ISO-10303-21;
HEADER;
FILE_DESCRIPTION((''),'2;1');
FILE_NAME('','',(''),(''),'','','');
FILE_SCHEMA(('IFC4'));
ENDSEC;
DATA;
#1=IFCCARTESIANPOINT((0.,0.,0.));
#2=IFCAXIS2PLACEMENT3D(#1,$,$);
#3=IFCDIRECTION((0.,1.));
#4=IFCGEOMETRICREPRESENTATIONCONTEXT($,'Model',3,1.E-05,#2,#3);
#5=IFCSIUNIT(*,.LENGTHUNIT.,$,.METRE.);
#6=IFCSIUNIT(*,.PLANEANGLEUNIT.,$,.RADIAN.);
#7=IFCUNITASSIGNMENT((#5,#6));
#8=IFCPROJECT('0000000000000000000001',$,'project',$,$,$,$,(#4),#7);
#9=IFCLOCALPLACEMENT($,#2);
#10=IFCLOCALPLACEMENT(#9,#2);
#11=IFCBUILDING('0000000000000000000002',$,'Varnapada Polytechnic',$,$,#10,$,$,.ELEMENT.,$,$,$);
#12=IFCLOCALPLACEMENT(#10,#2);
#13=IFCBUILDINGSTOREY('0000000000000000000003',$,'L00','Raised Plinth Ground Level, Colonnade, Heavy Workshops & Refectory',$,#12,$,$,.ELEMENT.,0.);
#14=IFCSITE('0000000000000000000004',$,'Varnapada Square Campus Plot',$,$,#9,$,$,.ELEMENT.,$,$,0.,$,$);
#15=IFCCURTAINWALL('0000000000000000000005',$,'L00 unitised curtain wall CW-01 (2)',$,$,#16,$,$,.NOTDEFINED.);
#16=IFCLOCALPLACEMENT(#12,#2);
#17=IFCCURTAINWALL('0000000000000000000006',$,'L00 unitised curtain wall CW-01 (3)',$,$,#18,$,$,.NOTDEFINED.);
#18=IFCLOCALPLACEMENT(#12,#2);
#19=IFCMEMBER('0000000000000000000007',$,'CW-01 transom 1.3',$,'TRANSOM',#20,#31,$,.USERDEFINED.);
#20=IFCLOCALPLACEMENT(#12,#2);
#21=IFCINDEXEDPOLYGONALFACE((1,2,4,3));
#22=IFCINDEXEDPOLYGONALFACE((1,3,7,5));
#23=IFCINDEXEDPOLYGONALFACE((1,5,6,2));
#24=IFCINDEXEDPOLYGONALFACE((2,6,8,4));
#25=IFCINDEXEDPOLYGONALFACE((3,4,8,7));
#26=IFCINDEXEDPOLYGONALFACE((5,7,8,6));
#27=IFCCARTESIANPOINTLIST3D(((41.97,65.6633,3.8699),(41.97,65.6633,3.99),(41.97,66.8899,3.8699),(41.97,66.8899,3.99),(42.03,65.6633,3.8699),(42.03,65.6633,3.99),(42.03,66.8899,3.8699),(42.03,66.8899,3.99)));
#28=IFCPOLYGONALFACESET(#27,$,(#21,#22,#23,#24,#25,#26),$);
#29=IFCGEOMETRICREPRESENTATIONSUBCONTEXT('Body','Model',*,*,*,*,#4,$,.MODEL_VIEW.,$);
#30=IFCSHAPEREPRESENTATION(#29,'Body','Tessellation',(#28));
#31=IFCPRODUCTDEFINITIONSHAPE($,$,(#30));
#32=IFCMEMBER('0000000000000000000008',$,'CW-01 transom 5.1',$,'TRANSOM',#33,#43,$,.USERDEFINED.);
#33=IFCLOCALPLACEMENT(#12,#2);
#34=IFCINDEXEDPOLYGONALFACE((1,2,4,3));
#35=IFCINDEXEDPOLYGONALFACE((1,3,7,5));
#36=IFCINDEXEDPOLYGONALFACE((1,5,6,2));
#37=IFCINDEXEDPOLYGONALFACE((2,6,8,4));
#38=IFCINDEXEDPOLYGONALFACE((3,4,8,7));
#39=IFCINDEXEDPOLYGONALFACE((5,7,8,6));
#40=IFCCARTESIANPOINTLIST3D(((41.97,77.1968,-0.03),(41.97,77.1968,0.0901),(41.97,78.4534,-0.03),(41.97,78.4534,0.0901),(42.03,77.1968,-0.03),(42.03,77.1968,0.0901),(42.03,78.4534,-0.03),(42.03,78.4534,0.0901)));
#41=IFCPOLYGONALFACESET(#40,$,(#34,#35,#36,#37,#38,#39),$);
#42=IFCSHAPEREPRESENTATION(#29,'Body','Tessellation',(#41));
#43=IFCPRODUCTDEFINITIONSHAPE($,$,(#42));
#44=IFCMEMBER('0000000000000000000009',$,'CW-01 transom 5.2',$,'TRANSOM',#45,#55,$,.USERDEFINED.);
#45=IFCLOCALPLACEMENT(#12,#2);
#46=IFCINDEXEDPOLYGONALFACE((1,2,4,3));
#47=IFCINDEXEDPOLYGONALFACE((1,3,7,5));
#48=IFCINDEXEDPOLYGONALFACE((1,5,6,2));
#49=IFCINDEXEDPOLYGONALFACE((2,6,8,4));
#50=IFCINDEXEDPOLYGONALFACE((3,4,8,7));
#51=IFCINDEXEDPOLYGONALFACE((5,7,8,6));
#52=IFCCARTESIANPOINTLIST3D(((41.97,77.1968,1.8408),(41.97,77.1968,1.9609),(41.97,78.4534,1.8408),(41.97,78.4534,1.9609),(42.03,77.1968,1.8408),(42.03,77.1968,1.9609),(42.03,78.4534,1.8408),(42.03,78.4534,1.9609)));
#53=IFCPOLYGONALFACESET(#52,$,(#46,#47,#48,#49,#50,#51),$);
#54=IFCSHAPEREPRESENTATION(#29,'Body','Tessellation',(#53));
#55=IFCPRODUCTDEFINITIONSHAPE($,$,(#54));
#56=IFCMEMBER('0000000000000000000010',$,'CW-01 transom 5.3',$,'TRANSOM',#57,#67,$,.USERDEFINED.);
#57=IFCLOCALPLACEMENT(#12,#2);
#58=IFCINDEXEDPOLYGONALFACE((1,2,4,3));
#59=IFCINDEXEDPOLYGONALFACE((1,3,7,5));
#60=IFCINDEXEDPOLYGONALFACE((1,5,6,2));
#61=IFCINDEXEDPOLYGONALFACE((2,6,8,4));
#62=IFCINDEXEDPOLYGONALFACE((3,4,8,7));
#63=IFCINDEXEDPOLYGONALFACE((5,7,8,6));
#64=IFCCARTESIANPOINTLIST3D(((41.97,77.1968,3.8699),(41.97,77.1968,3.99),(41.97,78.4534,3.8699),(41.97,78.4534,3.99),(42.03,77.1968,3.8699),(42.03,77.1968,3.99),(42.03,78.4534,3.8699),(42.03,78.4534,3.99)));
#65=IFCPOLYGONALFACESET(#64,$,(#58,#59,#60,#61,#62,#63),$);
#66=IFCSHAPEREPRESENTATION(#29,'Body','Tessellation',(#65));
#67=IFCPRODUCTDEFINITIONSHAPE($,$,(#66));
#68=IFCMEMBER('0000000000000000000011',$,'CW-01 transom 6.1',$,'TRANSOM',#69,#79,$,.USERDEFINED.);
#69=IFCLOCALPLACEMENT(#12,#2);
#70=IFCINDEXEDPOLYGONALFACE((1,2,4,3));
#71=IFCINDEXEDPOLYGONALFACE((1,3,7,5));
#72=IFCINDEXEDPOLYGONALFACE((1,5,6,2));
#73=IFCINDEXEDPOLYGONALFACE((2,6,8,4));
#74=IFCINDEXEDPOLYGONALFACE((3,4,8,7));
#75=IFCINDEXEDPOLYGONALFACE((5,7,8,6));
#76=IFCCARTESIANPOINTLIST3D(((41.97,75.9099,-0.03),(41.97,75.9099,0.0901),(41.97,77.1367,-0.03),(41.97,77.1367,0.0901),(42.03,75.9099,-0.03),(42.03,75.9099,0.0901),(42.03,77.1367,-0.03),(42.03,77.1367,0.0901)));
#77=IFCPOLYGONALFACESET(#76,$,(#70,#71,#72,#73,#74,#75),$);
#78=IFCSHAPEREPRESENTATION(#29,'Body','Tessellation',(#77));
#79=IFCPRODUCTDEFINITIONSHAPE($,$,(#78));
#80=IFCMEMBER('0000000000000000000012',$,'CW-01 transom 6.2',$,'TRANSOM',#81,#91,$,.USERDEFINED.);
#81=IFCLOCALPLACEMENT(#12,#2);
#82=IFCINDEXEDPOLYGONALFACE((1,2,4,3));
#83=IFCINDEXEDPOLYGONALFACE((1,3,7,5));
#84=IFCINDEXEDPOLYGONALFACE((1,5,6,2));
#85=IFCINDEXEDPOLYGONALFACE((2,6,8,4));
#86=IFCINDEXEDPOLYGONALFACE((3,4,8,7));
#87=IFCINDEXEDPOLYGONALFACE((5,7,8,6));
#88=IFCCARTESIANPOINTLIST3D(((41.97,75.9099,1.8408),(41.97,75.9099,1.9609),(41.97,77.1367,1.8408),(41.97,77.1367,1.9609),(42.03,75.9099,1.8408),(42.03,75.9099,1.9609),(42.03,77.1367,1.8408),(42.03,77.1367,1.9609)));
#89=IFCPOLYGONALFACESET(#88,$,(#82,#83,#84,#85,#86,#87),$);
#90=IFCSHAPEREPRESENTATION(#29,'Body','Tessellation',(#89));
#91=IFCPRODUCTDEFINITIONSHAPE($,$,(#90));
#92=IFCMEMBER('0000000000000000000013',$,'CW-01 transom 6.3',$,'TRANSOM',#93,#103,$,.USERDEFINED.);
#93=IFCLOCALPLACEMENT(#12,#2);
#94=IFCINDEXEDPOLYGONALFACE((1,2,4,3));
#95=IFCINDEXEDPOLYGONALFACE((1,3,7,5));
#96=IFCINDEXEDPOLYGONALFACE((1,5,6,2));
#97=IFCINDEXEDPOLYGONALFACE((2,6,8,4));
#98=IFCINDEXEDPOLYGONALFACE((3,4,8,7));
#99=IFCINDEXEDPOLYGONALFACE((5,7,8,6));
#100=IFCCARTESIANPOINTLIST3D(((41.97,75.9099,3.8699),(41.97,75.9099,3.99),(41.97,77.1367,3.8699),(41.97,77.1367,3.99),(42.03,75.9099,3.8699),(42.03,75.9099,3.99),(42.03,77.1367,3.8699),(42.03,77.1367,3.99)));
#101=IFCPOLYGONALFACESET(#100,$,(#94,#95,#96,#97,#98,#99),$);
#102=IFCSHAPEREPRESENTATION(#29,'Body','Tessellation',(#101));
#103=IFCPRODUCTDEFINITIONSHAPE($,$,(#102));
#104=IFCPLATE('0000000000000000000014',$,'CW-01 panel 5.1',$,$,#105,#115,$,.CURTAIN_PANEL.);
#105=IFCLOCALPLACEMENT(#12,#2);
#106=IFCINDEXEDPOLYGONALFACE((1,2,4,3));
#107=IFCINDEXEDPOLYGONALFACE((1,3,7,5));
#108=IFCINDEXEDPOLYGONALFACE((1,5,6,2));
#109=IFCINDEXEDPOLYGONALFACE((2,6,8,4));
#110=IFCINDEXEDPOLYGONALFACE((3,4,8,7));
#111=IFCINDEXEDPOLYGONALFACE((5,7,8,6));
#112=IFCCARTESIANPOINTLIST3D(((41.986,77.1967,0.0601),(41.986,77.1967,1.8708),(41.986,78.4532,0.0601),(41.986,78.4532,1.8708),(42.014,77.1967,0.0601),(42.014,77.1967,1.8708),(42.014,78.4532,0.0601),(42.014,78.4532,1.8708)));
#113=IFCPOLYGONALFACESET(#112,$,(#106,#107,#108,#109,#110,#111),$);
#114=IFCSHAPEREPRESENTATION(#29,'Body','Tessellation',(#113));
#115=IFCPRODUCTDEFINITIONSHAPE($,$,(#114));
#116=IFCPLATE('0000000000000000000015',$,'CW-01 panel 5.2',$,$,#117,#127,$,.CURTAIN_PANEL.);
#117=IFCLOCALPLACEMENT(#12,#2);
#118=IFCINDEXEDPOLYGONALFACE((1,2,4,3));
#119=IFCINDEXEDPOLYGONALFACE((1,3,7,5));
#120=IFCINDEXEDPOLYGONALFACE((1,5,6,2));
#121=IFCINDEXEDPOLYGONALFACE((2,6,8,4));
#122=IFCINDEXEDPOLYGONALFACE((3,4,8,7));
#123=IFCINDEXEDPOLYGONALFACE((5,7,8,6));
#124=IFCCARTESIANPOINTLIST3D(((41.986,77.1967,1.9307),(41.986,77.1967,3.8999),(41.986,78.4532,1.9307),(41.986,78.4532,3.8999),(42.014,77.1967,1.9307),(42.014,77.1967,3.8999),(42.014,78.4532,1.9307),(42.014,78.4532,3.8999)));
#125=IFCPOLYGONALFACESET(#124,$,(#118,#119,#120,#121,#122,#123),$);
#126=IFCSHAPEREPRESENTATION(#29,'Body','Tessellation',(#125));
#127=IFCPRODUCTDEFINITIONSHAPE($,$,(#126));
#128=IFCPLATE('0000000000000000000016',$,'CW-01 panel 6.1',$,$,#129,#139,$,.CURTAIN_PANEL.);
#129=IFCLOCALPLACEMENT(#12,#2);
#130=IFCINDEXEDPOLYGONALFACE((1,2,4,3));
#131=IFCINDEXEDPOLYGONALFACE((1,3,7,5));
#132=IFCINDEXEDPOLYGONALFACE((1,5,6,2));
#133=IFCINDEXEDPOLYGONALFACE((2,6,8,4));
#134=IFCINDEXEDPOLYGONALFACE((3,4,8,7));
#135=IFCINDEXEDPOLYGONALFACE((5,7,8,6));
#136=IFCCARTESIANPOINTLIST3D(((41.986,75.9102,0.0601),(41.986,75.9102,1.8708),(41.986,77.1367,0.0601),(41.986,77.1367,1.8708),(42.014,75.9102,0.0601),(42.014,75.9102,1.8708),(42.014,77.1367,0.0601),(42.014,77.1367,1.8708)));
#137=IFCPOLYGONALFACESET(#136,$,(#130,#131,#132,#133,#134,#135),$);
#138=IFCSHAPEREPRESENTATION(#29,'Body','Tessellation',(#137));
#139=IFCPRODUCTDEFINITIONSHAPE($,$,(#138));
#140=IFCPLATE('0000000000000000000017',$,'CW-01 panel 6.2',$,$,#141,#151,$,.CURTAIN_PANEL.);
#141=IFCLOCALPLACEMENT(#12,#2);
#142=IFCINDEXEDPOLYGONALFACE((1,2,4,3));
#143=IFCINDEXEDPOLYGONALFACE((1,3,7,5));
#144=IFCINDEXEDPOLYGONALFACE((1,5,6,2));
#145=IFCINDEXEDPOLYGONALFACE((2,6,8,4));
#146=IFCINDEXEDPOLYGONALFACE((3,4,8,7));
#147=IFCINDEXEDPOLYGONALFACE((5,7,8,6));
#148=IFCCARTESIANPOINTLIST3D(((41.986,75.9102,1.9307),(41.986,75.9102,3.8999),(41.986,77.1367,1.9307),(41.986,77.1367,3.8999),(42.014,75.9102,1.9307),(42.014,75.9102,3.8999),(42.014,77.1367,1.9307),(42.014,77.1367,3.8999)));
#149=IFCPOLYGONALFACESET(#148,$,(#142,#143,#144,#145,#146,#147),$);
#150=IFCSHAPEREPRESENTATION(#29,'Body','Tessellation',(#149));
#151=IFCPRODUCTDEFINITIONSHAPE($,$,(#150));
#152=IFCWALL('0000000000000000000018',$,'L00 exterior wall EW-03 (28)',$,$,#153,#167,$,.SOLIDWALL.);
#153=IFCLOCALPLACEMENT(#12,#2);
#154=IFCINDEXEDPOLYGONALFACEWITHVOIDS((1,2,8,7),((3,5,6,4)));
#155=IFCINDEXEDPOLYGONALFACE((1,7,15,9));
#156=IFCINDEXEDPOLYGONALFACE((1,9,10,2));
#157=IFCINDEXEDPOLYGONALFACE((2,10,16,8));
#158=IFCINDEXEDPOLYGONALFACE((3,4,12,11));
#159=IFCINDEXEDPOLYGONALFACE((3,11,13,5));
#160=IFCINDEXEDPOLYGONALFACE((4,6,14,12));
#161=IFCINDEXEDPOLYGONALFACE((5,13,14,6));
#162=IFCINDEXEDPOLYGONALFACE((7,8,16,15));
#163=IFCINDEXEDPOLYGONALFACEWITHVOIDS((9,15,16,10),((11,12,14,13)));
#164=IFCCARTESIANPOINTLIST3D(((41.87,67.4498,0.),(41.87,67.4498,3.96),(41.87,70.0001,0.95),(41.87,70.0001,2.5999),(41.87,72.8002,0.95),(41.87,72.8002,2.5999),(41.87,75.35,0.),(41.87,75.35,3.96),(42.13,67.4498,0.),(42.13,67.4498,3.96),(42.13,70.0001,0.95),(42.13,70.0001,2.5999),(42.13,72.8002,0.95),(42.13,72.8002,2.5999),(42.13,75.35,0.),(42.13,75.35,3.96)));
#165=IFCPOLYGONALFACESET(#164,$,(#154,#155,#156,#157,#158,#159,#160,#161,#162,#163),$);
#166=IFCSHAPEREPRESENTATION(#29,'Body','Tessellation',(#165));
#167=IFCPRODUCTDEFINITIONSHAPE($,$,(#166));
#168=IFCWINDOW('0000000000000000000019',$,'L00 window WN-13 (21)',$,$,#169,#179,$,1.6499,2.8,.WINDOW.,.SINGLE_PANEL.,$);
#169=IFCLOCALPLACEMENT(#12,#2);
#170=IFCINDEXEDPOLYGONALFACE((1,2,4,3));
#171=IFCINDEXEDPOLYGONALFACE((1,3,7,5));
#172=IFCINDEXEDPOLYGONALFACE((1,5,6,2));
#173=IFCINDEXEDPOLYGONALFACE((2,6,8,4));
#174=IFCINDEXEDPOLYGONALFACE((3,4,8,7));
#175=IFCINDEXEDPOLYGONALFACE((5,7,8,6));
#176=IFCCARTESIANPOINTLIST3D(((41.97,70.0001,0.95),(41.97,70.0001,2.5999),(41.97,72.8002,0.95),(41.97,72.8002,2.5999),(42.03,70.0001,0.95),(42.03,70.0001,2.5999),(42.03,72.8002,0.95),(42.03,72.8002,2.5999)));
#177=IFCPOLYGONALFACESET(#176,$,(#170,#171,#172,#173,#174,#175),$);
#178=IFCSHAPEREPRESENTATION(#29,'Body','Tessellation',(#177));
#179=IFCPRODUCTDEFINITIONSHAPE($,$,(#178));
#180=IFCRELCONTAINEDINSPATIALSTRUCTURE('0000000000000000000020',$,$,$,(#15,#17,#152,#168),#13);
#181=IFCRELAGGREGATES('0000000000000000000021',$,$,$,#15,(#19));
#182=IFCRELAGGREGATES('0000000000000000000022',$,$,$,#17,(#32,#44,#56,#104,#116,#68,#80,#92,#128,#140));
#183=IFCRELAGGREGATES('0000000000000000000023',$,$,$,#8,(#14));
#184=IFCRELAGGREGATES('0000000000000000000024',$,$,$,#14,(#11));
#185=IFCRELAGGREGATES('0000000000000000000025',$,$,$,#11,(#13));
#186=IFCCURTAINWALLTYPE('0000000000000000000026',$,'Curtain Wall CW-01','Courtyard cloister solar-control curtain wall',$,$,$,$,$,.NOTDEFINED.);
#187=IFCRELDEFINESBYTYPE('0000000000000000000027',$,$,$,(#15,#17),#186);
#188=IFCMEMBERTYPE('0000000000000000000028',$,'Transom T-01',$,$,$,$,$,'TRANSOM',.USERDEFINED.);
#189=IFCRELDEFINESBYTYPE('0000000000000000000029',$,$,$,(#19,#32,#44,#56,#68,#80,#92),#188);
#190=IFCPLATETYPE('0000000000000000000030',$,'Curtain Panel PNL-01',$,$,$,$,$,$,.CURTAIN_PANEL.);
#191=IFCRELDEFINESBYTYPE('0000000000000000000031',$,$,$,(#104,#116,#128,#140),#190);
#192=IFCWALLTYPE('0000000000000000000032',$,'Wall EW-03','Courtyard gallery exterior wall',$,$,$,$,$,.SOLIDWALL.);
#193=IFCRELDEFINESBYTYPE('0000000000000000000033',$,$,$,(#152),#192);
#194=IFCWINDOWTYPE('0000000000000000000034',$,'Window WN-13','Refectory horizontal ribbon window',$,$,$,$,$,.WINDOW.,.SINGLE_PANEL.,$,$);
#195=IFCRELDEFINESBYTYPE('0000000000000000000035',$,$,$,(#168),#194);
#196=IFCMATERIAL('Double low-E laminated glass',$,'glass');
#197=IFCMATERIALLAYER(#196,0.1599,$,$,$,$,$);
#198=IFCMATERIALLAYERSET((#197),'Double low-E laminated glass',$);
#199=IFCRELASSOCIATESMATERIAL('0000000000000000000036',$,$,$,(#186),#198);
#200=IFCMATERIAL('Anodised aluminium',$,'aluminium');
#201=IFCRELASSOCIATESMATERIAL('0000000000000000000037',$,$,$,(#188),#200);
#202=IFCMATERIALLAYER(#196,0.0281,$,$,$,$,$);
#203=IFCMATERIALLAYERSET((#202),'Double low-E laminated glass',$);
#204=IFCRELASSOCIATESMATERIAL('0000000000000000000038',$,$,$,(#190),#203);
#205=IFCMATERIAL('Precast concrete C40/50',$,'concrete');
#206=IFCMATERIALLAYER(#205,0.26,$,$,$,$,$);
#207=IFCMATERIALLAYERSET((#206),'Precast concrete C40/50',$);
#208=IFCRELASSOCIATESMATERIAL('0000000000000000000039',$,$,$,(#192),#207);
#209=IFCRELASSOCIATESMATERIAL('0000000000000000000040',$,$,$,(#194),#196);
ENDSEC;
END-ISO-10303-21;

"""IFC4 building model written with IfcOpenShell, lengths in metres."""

from ifc_helpers import new_model, si_unit, direction, frame, frame_2d, origin, origin_2d, place, context, subcontext, project, spatial, rectangle, extrude, material, layer, layer_set, material_profile, profile_set, type_object, element, fill, aggregate, save


model = new_model("IFC4")

# Units and contexts
model_context = context("Model", 3, precision=1e-05, world=origin(), true_north=direction((0.0, 1.0)))
body_context = subcontext(model_context, "Body", "Model", "MODEL_VIEW")
ifc_project = project(units=[si_unit("LENGTHUNIT", "METRE"), si_unit("PLANEANGLEUNIT", "RADIAN")], contexts=[model_context])

# Site, building, storey
site_placement = place(None, origin())
site = spatial("IfcSite", under=ifc_project, at=site_placement, Name="Varnapada Square Campus Plot", CompositionType="ELEMENT", RefElevation=0.0)
building_placement = place(site_placement, origin())
building = spatial("IfcBuilding", under=site, at=building_placement, Name="Varnapada Polytechnic", CompositionType="ELEMENT")
storey_placement = place(building_placement, origin())
storey = spatial("IfcBuildingStorey", under=building, at=storey_placement, Name="L00", Description="Raised Plinth Ground Level, Colonnade, Heavy Workshops & Refectory", CompositionType="ELEMENT", Elevation=0.0)

# Curtain wall
ifc_material_1 = material(Name="Double low-E laminated glass", Category="glass")
ifc_layer_1 = layer(ifc_material_1, 0.1599)
ifc_layer_set_1 = layer_set([ifc_layer_1], Name="Double low-E laminated glass")
curtain_wall_type = type_object("IfcCurtainWallType", Name="Curtain Wall CW-01", Description="Courtyard cloister solar-control curtain wall", PredefinedType="NOTDEFINED", material=ifc_layer_set_1)
curtain_wall_1_placement = place(storey_placement, origin())
curtain_wall_1 = element("IfcCurtainWall", 1, at=curtain_wall_1_placement, inside=storey, type_object=curtain_wall_type, Name="L00 unitised curtain wall CW-01 (2)", PredefinedType="NOTDEFINED")
ifc_material_2 = material(Name="Anodised aluminium", Category="aluminium")

# Curtain wall
curtain_wall_2_placement = place(storey_placement, origin())
curtain_wall_2 = element("IfcCurtainWall", 2, at=curtain_wall_2_placement, inside=storey, type_object=curtain_wall_type, Name="L00 unitised curtain wall CW-01 (3)", PredefinedType="NOTDEFINED")

# Members
ifc_material_profile_1 = material_profile(ifc_material_2, rectangle(XDim=0.0601, YDim=0.1201, at=origin_2d()), Name="ALU T60x120")
ifc_profile_set_1 = profile_set([ifc_material_profile_1], Name="Anodised aluminium")
member_type_1 = type_object("IfcMemberType", Name="Transom T-01", ElementType="TRANSOM", PredefinedType="USERDEFINED", material=ifc_profile_set_1)
member_1_placement = place(storey_placement, frame((42.0, 66.8899, 3.9299), z_axis=(0.0, -1.0, 0.0), x_axis=(1.0, 0.0, 0.0)))
member_1 = element("IfcMember", 3, at=member_1_placement, type_object=member_type_1, Name="CW-01 transom 1.3", ObjectType="TRANSOM", PredefinedType="USERDEFINED", context=body_context, shape_type="SweptSolid", body=[
    extrude(rectangle(XDim=0.0601, YDim=0.1201, at=origin_2d()), origin(), (0.0, 0.0, 1.0), 1.2266),
])
aggregate(curtain_wall_1, [member_1])
member_2_placement = place(storey_placement, frame((42.0, 78.4534, 0.03), z_axis=(0.0, -1.0, 0.0), x_axis=(1.0, 0.0, 0.0)))
member_2 = element("IfcMember", 4, at=member_2_placement, type_object=member_type_1, Name="CW-01 transom 5.1", ObjectType="TRANSOM", PredefinedType="USERDEFINED", context=body_context, shape_type="SweptSolid", body=[
    extrude(rectangle(XDim=0.0601, YDim=0.1201, at=origin_2d()), origin(), (0.0, 0.0, 1.0), 1.2566),
])
member_3_placement = place(storey_placement, frame((42.0, 78.4534, 1.9009), z_axis=(0.0, -1.0, 0.0), x_axis=(1.0, 0.0, 0.0)))
member_3 = element("IfcMember", 5, at=member_3_placement, type_object=member_type_1, Name="CW-01 transom 5.2", ObjectType="TRANSOM", PredefinedType="USERDEFINED", context=body_context, shape_type="SweptSolid", body=[
    extrude(rectangle(XDim=0.0601, YDim=0.1201, at=origin_2d()), origin(), (0.0, 0.0, 1.0), 1.2566),
])
member_4_placement = place(storey_placement, frame((42.0, 78.4534, 3.9299), z_axis=(0.0, -1.0, 0.0), x_axis=(1.0, 0.0, 0.0)))
member_4 = element("IfcMember", 6, at=member_4_placement, type_object=member_type_1, Name="CW-01 transom 5.3", ObjectType="TRANSOM", PredefinedType="USERDEFINED", context=body_context, shape_type="SweptSolid", body=[
    extrude(rectangle(XDim=0.0601, YDim=0.1201, at=origin_2d()), origin(), (0.0, 0.0, 1.0), 1.2566),
])
member_5_placement = place(storey_placement, frame((42.0, 77.1367, 0.03), z_axis=(0.0, -1.0, 0.0), x_axis=(1.0, 0.0, 0.0)))
member_5 = element("IfcMember", 7, at=member_5_placement, type_object=member_type_1, Name="CW-01 transom 6.1", ObjectType="TRANSOM", PredefinedType="USERDEFINED", context=body_context, shape_type="SweptSolid", body=[
    extrude(rectangle(XDim=0.0601, YDim=0.1201, at=origin_2d()), origin(), (0.0, 0.0, 1.0), 1.2268),
])
member_6_placement = place(storey_placement, frame((42.0, 77.1367, 1.9009), z_axis=(0.0, -1.0, 0.0), x_axis=(1.0, 0.0, 0.0)))
member_6 = element("IfcMember", 8, at=member_6_placement, type_object=member_type_1, Name="CW-01 transom 6.2", ObjectType="TRANSOM", PredefinedType="USERDEFINED", context=body_context, shape_type="SweptSolid", body=[
    extrude(rectangle(XDim=0.0601, YDim=0.1201, at=origin_2d()), origin(), (0.0, 0.0, 1.0), 1.2268),
])
member_7_placement = place(storey_placement, frame((42.0, 77.1367, 3.9299), z_axis=(0.0, -1.0, 0.0), x_axis=(1.0, 0.0, 0.0)))
member_7 = element("IfcMember", 9, at=member_7_placement, type_object=member_type_1, Name="CW-01 transom 6.3", ObjectType="TRANSOM", PredefinedType="USERDEFINED", context=body_context, shape_type="SweptSolid", body=[
    extrude(rectangle(XDim=0.0601, YDim=0.1201, at=origin_2d()), origin(), (0.0, 0.0, 1.0), 1.2268),
])

# Plates
ifc_layer_2 = layer(ifc_material_1, 0.0281)
ifc_layer_set_2 = layer_set([ifc_layer_2], Name="Double low-E laminated glass")
plate_type = type_object("IfcPlateType", Name="Curtain Panel PNL-01", PredefinedType="CURTAIN_PANEL", material=ifc_layer_set_2)
plate_1_placement = place(storey_placement, frame((42.0, 77.825, 0.0601), z_axis=(0.0, 0.0, 1.0), x_axis=(0.0, -1.0, 0.0)))
plate_1 = element("IfcPlate", 10, at=plate_1_placement, type_object=plate_type, Name="CW-01 panel 5.1", PredefinedType="CURTAIN_PANEL", context=body_context, shape_type="SweptSolid", body=[
    extrude(rectangle(XDim=1.2566, YDim=0.0281, at=origin_2d()), origin(), (0.0, 0.0, 1.0), 1.8108),
])
plate_2_placement = place(storey_placement, frame((42.0, 77.825, 1.9307), z_axis=(0.0, 0.0, 1.0), x_axis=(0.0, -1.0, 0.0)))
plate_2 = element("IfcPlate", 11, at=plate_2_placement, type_object=plate_type, Name="CW-01 panel 5.2", PredefinedType="CURTAIN_PANEL", context=body_context, shape_type="SweptSolid", body=[
    extrude(rectangle(XDim=1.2566, YDim=0.0281, at=origin_2d()), origin(), (0.0, 0.0, 1.0), 1.9692),
])
plate_3_placement = place(storey_placement, frame((42.0, 76.5234, 0.0601), z_axis=(0.0, 0.0, 1.0), x_axis=(0.0, -1.0, 0.0)))
plate_3 = element("IfcPlate", 12, at=plate_3_placement, type_object=plate_type, Name="CW-01 panel 6.1", PredefinedType="CURTAIN_PANEL", context=body_context, shape_type="SweptSolid", body=[
    extrude(rectangle(XDim=1.2266, YDim=0.0281, at=origin_2d()), origin(), (0.0, 0.0, 1.0), 1.8108),
])
plate_4_placement = place(storey_placement, frame((42.0, 76.5234, 1.9307), z_axis=(0.0, 0.0, 1.0), x_axis=(0.0, -1.0, 0.0)))
plate_4 = element("IfcPlate", 13, at=plate_4_placement, type_object=plate_type, Name="CW-01 panel 6.2", PredefinedType="CURTAIN_PANEL", context=body_context, shape_type="SweptSolid", body=[
    extrude(rectangle(XDim=1.2266, YDim=0.0281, at=origin_2d()), origin(), (0.0, 0.0, 1.0), 1.9692),
])
aggregate(curtain_wall_2, [member_2, member_3, member_4, plate_1, plate_2, member_5, member_6, member_7, plate_3, plate_4])

# Wall, opening, window
ifc_material_3 = material(Name="Precast concrete C40/50", Category="concrete")
ifc_layer_3 = layer(ifc_material_3, 0.26)
ifc_layer_set_3 = layer_set([ifc_layer_3], Name="Precast concrete C40/50")
wall_type = type_object("IfcWallType", Name="Wall EW-03", Description="Courtyard gallery exterior wall", PredefinedType="SOLIDWALL", material=ifc_layer_set_3)
wall_placement = place(storey_placement, frame((42.0, 75.3501, 0.0), z_axis=(0.0, 0.0, 1.0), x_axis=(0.0, -1.0, 0.0)))
wall = element("IfcWall", 14, at=wall_placement, inside=storey, type_object=wall_type, Name="L00 exterior wall EW-03 (28)", PredefinedType="SOLIDWALL", context=body_context, shape_type="SweptSolid", body=[
    extrude(rectangle(XDim=7.9001, YDim=0.26, at=frame_2d((3.9502, 0.0))), origin(), (0.0, 0.0, 1.0), 3.96),
])
opening_placement = place(wall_placement, frame((2.55, 0.0, 0.95)))
opening = element("IfcOpeningElement", 15, at=opening_placement, cuts=wall, PredefinedType="OPENING", context=body_context, shape_type="SweptSolid", body=[
    extrude(rectangle(XDim=2.8, YDim=1.6499, at=frame_2d((1.3999, 0.825))), frame((0.0, 0.1399, 0.0), z_axis=(0.0, -1.0, 0.0), x_axis=(1.0, 0.0, 0.0)), (0.0, 0.0, 1.0), 0.28),
])
window_type = type_object("IfcWindowType", Name="Window WN-13", Description="Refectory horizontal ribbon window", PartitioningType="SINGLE_PANEL", PredefinedType="WINDOW", material=ifc_material_1)
window_placement = place(opening_placement, origin())
window = element("IfcWindow", 16, at=window_placement, inside=storey, type_object=window_type, Name="L00 window WN-13 (21)", OverallHeight=1.6499, OverallWidth=2.8, PartitioningType="SINGLE_PANEL", PredefinedType="WINDOW", context=body_context, shape_type="SweptSolid", body=[
    extrude(rectangle(XDim=2.8, YDim=1.6499, at=frame_2d((1.3999, 0.825))), frame((0.0, 0.03, 0.0), z_axis=(0.0, -1.0, 0.0), x_axis=(1.0, 0.0, 0.0)), (0.0, 0.0, 1.0), 0.0601),
])
fill(opening, window)

save(model, "model.ifc")
